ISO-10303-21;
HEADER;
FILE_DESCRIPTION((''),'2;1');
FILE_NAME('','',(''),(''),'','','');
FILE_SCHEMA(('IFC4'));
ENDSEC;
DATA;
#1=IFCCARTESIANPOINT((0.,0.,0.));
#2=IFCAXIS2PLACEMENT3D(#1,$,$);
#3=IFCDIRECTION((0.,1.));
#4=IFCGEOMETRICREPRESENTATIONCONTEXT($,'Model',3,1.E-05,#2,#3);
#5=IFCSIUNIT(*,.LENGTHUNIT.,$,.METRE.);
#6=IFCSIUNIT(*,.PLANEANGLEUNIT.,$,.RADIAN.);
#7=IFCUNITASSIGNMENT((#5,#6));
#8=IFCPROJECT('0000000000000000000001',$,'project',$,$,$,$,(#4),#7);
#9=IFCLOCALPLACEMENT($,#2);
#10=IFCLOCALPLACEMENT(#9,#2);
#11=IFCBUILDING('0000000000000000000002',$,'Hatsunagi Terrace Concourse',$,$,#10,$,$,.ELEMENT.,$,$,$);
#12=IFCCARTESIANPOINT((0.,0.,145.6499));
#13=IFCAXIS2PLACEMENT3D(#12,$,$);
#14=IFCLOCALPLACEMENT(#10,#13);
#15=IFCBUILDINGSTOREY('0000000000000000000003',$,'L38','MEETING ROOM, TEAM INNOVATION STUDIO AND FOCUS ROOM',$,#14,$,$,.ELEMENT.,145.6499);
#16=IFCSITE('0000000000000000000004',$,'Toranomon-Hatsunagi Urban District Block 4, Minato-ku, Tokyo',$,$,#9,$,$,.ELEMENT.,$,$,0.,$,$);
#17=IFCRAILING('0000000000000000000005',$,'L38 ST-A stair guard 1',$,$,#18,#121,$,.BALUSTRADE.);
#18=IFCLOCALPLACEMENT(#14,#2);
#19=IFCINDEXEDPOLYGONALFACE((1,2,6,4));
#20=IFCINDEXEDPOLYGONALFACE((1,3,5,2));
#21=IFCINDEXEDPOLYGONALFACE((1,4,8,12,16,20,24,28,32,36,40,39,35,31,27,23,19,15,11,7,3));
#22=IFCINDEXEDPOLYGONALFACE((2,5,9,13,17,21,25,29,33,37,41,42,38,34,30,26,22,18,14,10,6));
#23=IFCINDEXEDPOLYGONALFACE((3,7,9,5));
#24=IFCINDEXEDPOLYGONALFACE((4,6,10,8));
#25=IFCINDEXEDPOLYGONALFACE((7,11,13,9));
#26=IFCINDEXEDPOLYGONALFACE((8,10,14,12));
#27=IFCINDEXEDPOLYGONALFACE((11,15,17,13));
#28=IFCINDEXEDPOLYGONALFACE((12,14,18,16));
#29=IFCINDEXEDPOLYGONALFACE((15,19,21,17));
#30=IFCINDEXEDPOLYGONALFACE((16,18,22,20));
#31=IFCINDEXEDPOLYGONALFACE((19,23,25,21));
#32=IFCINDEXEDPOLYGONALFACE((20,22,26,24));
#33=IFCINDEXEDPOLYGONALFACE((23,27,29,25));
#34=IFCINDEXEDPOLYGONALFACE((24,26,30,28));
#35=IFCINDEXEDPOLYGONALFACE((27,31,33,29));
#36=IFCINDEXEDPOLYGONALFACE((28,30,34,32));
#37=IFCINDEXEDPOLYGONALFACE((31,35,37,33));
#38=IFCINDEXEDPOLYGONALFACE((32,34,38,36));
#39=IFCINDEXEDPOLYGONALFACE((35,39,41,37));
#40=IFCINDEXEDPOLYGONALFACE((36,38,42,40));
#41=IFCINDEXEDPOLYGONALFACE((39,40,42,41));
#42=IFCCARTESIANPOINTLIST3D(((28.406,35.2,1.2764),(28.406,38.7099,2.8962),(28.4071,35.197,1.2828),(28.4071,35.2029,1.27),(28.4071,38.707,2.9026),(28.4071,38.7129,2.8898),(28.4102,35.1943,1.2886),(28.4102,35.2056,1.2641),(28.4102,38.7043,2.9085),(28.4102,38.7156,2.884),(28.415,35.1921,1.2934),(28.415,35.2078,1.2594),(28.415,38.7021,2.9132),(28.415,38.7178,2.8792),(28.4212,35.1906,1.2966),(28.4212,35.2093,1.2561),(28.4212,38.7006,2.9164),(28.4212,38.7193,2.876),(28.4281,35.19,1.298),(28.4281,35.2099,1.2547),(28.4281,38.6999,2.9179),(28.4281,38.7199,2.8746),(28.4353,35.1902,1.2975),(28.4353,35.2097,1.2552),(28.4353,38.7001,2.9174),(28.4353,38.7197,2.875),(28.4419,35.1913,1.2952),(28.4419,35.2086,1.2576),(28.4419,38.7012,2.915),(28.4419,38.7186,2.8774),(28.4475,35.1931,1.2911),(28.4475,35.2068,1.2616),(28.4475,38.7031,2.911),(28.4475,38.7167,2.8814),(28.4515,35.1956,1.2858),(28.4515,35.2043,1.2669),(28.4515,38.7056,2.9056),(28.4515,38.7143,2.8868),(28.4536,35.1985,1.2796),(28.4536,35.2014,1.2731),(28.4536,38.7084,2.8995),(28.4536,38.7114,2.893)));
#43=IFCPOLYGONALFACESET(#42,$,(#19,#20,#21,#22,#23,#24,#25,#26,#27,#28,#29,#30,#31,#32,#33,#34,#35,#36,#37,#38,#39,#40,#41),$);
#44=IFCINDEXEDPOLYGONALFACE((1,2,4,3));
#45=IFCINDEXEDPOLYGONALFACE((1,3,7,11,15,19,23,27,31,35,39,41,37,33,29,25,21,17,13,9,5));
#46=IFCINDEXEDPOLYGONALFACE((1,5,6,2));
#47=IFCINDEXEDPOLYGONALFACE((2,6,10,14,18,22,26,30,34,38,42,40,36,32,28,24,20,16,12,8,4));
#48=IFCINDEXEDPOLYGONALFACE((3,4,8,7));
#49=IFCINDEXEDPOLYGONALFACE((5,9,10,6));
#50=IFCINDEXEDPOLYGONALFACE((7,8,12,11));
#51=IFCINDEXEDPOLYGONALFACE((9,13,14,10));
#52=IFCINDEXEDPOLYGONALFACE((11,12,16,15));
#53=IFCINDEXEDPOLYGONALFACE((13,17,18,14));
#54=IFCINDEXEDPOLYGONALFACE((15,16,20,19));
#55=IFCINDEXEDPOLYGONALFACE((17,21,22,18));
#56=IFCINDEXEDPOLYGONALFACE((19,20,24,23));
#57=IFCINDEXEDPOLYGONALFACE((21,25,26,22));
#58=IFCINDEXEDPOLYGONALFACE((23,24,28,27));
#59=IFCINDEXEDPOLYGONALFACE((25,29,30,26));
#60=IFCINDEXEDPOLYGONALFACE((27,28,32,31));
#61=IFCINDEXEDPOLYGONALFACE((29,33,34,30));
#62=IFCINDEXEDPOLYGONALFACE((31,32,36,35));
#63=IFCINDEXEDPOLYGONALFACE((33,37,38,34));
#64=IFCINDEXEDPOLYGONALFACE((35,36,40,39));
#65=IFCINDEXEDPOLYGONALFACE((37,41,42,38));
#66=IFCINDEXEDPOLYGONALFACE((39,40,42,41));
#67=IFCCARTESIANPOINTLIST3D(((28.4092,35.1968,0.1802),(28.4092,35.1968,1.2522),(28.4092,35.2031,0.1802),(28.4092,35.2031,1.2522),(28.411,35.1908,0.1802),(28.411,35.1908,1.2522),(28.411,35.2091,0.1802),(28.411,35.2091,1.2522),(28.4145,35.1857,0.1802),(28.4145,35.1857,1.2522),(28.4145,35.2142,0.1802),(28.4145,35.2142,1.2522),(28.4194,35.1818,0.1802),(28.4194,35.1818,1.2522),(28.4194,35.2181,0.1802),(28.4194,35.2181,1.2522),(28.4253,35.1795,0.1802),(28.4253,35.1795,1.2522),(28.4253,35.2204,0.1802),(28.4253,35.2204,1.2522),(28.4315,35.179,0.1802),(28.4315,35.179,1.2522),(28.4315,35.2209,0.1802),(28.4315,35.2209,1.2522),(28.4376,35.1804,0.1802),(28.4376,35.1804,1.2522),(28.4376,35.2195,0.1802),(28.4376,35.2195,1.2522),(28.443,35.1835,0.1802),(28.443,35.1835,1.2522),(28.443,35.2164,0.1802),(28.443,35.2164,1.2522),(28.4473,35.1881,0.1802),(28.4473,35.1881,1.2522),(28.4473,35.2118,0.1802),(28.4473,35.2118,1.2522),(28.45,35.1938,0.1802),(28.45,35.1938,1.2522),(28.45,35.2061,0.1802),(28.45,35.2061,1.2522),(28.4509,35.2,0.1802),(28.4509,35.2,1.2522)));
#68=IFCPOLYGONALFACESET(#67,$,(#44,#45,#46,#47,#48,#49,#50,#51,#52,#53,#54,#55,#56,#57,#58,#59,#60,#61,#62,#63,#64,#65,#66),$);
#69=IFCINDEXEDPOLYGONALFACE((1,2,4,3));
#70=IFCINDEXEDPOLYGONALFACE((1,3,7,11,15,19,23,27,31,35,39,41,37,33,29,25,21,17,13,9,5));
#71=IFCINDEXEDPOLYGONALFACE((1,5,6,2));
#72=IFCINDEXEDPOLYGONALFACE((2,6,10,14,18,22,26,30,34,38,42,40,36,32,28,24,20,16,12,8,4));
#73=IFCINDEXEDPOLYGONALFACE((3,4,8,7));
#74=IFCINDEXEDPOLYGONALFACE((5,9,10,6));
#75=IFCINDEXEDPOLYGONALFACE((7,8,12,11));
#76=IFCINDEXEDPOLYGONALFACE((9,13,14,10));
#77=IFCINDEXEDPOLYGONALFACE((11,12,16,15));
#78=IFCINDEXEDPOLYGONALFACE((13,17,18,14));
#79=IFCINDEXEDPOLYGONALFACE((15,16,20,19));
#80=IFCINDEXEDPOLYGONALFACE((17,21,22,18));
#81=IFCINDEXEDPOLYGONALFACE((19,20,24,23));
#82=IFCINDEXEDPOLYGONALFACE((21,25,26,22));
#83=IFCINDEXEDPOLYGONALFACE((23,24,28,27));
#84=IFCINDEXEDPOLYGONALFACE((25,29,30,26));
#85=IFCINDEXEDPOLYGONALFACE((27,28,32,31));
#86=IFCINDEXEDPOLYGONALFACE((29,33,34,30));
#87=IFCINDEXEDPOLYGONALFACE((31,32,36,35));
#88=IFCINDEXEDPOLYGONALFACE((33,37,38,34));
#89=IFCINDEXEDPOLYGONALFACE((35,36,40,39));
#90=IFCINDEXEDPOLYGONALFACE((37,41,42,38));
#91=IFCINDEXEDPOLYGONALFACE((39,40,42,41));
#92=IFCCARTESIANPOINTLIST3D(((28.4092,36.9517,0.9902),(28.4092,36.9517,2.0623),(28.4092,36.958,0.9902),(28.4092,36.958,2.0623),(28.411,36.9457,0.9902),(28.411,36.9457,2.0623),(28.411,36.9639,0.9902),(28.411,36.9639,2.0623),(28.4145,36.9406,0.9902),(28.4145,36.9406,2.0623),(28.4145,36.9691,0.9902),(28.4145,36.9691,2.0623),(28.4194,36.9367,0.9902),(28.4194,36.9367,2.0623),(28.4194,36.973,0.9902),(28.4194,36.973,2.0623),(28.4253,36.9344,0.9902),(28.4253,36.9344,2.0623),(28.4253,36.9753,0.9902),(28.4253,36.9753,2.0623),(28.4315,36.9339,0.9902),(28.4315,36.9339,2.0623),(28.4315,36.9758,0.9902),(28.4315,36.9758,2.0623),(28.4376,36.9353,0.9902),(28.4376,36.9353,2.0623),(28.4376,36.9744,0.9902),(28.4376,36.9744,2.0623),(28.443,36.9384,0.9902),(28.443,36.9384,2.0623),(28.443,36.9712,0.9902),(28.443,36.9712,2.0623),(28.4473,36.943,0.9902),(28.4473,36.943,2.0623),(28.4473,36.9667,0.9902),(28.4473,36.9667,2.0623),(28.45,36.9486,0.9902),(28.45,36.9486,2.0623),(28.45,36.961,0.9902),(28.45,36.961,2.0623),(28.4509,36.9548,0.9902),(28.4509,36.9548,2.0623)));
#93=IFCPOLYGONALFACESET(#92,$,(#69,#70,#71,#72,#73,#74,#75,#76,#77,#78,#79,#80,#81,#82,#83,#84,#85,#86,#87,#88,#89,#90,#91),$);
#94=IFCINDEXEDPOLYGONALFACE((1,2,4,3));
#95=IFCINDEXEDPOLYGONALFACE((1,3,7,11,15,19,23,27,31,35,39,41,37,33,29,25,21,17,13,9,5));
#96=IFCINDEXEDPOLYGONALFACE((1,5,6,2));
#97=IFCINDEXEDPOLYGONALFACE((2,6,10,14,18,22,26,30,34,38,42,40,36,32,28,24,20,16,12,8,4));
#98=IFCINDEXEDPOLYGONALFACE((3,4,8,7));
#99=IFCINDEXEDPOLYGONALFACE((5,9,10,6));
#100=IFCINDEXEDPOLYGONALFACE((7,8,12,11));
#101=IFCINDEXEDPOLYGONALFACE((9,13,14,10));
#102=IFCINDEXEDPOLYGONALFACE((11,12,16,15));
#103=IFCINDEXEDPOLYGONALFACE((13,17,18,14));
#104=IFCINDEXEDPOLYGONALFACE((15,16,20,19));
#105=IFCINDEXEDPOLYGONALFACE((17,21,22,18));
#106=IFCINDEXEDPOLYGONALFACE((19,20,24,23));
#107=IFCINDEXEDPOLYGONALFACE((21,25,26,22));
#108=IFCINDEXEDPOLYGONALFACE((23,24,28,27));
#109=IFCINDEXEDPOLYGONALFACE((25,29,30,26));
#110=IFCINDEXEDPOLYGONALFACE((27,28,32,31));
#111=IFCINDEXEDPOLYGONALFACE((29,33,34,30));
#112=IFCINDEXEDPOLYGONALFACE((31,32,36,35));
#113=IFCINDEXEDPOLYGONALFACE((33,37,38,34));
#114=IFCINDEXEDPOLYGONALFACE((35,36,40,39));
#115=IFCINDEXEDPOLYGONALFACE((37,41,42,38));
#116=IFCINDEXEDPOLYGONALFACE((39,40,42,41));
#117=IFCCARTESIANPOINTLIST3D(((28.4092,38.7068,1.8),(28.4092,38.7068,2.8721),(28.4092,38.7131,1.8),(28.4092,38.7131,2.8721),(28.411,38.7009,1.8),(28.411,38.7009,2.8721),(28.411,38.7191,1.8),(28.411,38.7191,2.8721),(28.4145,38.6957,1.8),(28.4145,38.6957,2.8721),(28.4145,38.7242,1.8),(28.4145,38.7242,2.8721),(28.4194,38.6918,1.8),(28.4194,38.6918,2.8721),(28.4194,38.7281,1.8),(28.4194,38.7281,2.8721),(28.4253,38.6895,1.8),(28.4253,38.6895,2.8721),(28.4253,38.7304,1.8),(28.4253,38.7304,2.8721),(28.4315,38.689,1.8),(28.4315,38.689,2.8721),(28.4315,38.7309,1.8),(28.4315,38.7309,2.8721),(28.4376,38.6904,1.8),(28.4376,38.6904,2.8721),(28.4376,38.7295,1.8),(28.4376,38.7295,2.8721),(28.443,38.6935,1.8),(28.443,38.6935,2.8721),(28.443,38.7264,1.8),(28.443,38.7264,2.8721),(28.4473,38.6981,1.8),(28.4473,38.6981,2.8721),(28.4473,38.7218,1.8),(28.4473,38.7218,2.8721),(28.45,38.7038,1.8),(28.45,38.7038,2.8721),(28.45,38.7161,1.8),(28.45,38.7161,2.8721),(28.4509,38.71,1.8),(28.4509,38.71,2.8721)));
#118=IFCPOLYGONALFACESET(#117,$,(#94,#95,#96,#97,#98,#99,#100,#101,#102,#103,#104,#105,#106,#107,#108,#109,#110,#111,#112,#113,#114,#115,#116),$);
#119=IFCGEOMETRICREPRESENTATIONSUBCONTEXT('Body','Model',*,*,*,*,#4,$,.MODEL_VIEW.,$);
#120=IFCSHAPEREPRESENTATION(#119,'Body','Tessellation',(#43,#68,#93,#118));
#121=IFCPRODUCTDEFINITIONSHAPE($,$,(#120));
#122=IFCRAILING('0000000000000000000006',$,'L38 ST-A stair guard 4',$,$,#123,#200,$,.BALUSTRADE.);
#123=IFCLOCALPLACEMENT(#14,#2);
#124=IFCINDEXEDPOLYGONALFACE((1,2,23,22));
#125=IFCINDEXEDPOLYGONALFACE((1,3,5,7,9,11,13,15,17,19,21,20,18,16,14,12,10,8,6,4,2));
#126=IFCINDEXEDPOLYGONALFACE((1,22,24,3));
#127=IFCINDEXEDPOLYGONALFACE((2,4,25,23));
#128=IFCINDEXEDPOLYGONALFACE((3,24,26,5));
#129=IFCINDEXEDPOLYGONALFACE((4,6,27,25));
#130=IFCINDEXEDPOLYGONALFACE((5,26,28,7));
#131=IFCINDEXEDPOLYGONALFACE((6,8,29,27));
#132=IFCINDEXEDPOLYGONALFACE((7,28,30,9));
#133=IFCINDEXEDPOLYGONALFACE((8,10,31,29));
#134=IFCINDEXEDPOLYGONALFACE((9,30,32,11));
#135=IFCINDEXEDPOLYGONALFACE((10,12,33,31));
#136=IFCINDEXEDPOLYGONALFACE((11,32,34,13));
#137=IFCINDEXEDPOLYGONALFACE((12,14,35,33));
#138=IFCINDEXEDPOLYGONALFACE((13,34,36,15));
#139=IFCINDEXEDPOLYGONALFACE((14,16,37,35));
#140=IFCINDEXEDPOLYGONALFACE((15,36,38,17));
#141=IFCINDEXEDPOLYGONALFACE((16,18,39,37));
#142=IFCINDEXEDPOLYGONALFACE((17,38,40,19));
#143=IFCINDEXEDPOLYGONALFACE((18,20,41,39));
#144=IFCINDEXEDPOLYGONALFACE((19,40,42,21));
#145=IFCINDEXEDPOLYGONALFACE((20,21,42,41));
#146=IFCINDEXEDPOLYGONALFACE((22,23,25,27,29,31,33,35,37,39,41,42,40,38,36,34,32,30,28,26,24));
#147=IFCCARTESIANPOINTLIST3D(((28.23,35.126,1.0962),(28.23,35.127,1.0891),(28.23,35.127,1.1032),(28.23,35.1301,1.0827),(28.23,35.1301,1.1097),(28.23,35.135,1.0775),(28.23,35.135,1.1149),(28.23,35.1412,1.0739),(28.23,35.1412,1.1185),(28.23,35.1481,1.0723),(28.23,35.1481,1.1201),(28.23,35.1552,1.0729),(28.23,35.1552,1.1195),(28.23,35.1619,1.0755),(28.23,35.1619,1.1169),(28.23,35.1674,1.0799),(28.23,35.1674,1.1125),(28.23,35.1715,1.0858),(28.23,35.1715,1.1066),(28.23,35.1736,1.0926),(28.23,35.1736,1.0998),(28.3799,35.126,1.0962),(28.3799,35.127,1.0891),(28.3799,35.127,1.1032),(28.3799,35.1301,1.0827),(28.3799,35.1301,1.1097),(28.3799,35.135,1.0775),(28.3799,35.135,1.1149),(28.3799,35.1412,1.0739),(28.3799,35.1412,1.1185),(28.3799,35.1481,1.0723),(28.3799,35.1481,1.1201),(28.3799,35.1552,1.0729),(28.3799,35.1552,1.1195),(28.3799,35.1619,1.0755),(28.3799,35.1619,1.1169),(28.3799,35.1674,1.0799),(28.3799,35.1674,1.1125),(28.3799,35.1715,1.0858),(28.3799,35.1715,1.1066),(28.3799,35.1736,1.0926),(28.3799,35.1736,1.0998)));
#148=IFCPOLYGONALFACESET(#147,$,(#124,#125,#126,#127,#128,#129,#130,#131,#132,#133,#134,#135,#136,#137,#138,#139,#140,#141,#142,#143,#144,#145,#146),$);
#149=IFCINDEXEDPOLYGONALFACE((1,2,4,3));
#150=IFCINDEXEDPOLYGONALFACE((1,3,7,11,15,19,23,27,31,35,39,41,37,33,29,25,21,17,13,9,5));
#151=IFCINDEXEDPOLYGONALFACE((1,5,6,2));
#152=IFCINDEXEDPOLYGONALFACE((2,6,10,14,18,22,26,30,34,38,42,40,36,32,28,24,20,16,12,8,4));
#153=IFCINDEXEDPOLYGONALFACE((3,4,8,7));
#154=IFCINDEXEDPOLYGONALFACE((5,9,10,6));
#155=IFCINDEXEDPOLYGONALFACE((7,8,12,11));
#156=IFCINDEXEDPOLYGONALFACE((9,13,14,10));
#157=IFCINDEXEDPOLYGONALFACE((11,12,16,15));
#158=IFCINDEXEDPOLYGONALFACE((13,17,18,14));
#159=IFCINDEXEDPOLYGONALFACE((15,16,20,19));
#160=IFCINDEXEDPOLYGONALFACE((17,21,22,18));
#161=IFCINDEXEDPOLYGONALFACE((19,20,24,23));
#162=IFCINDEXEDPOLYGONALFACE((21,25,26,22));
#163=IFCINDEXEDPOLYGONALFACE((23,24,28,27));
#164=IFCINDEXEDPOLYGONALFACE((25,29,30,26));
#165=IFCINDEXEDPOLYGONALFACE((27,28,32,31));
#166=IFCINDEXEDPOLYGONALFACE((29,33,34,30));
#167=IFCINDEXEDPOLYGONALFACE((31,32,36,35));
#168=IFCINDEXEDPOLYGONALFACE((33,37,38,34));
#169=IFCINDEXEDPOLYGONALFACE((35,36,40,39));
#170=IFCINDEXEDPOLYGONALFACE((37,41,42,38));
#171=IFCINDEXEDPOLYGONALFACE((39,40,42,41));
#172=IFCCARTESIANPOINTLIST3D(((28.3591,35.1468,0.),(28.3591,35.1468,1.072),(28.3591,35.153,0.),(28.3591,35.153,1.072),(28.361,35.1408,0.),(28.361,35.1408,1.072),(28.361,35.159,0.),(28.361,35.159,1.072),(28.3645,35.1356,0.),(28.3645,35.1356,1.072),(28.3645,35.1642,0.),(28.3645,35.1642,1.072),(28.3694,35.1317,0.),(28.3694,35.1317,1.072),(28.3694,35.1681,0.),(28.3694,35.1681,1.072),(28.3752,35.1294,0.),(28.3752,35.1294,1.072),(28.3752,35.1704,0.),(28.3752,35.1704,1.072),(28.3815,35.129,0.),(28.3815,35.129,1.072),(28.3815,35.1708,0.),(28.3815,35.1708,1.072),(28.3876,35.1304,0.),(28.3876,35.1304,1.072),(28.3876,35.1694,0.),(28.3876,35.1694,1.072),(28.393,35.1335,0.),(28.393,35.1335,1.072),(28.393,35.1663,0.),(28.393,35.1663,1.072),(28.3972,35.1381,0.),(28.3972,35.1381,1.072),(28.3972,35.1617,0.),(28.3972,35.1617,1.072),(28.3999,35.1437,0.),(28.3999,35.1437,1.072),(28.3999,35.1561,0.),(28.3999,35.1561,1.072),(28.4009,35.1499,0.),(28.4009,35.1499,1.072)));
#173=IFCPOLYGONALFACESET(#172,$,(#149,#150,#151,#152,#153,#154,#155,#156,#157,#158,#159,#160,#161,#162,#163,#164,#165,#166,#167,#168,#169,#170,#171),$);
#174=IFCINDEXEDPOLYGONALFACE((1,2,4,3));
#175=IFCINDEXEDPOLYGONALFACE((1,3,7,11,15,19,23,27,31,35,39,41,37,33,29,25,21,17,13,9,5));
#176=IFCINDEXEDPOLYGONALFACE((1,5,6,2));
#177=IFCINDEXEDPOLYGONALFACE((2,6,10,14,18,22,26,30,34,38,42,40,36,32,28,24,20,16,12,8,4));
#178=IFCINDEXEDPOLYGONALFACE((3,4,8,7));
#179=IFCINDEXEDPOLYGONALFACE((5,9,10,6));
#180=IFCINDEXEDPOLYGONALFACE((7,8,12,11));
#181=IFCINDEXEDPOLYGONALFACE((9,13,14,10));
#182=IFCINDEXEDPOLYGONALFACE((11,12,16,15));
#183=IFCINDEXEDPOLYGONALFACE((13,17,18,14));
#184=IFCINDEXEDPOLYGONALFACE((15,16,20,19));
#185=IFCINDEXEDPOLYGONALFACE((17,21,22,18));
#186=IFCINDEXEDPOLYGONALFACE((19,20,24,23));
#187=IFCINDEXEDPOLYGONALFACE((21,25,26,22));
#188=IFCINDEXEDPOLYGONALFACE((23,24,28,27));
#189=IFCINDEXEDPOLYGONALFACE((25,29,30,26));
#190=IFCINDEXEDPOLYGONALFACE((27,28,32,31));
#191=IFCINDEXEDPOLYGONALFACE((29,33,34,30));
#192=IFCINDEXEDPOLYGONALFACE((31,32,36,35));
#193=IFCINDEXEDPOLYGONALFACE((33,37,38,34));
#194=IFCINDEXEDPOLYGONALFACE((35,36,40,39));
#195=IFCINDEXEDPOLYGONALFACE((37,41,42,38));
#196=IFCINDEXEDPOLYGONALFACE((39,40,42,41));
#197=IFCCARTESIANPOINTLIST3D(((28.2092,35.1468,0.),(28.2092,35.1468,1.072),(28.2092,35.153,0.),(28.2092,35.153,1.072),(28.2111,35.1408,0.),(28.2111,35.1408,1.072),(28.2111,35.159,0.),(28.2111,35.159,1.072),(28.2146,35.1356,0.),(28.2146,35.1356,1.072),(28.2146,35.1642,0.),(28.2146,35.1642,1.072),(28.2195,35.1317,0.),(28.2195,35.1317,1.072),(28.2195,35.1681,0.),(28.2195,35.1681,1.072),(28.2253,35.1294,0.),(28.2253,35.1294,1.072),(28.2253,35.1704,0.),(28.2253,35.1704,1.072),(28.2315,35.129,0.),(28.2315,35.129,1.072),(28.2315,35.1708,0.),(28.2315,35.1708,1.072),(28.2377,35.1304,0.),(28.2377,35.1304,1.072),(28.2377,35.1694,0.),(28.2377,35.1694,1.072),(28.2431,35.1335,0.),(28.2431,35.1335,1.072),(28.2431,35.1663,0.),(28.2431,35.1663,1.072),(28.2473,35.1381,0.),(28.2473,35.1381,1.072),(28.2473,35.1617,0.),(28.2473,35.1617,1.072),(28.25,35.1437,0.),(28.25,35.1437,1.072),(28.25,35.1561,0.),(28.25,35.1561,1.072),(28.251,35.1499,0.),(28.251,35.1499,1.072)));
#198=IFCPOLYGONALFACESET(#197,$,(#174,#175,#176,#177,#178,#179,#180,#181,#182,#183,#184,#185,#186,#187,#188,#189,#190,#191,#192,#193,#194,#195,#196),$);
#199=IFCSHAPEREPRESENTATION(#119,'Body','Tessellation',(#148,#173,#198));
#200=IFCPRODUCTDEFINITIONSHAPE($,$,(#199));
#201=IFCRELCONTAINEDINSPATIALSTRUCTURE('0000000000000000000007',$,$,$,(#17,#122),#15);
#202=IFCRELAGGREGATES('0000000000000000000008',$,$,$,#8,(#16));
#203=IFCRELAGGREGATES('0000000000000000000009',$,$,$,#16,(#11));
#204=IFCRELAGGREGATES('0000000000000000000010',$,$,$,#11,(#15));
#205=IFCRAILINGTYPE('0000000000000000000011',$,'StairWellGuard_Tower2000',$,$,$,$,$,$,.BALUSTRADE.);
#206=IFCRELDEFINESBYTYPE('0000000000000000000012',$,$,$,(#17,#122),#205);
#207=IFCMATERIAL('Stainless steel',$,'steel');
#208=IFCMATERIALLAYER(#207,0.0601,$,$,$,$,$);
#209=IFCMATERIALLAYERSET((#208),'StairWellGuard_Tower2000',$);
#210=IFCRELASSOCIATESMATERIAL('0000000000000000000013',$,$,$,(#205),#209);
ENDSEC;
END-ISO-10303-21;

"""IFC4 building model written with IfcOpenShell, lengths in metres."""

from ifc_helpers import new_model, si_unit, direction, frame, origin, origin_2d, place, context, subcontext, project, spatial, circle, extrude, material, layer, layer_set, type_object, element, save


model = new_model("IFC4")

# Units and contexts
model_context = context("Model", 3, precision=1e-05, world=origin(), true_north=direction((0.0, 1.0)))
body_context = subcontext(model_context, "Body", "Model", "MODEL_VIEW")
ifc_project = project(units=[si_unit("LENGTHUNIT", "METRE"), si_unit("PLANEANGLEUNIT", "RADIAN")], contexts=[model_context])

# Site, building, storey
site_placement = place(None, origin())
site = spatial("IfcSite", under=ifc_project, at=site_placement, Name="Toranomon-Hatsunagi Urban District Block 4, Minato-ku, Tokyo", CompositionType="ELEMENT", RefElevation=0.0)
building_placement = place(site_placement, origin())
building = spatial("IfcBuilding", under=site, at=building_placement, Name="Hatsunagi Terrace Concourse", CompositionType="ELEMENT")
storey_placement = place(building_placement, frame((0.0, 0.0, 145.6499)))
storey = spatial("IfcBuildingStorey", under=building, at=storey_placement, Name="L38", Description="MEETING ROOM, TEAM INNOVATION STUDIO AND FOCUS ROOM", CompositionType="ELEMENT", Elevation=145.6499)

# Railings
ifc_material_1 = material(Name="Stainless steel", Category="steel")
ifc_layer_1 = layer(ifc_material_1, 0.0601)
ifc_layer_set_1 = layer_set([ifc_layer_1], Name="StairWellGuard_Tower2000")
railing_type_1 = type_object("IfcRailingType", Name="StairWellGuard_Tower2000", PredefinedType="BALUSTRADE", material=ifc_layer_set_1)
railing_1_placement = place(storey_placement, frame((28.4299, 35.2, 0.1802)))
element("IfcRailing", 1, at=railing_1_placement, inside=storey, type_object=railing_type_1, Name="L38 ST-A stair guard 1", PredefinedType="BALUSTRADE", context=body_context, shape_type="SweptSolid", body=[
    extrude(circle(Radius=0.0239, at=origin_2d()), frame((0.0, 0.0, 1.0962), z_axis=(0.0, 0.907972, 0.41903), x_axis=(-1.0, 0.0, 0.0)), (0.0, 0.0, 1.0), 3.8657),
    extrude(circle(Radius=0.021, at=origin_2d()), origin(), (0.0, 0.0, 1.0), 1.072),
    extrude(circle(Radius=0.021, at=origin_2d()), frame((0.0, 1.7549, 0.8101)), (0.0, 0.0, 1.0), 1.072),
    extrude(circle(Radius=0.021, at=origin_2d()), frame((0.0, 3.51, 1.6199)), (0.0, 0.0, 1.0), 1.072),
])
railing_2_placement = place(storey_placement, frame((28.3799, 35.1499, 0.0)))
element("IfcRailing", 2, at=railing_2_placement, inside=storey, type_object=railing_type_1, Name="L38 ST-A stair guard 4", PredefinedType="BALUSTRADE", context=body_context, shape_type="SweptSolid", body=[
    extrude(circle(Radius=0.0239, at=origin_2d()), frame((0.0, 0.0, 1.0962), z_axis=(-1.0, 0.0, 0.0), x_axis=(0.0, -1.0, 0.0)), (0.0, 0.0, 1.0), 0.1499),
    extrude(circle(Radius=0.021, at=origin_2d()), origin(), (0.0, 0.0, 1.0), 1.072),
    extrude(circle(Radius=0.021, at=origin_2d()), frame((-0.1499, 0.0, 0.0)), (0.0, 0.0, 1.0), 1.072),
])

save(model, "model.ifc")
